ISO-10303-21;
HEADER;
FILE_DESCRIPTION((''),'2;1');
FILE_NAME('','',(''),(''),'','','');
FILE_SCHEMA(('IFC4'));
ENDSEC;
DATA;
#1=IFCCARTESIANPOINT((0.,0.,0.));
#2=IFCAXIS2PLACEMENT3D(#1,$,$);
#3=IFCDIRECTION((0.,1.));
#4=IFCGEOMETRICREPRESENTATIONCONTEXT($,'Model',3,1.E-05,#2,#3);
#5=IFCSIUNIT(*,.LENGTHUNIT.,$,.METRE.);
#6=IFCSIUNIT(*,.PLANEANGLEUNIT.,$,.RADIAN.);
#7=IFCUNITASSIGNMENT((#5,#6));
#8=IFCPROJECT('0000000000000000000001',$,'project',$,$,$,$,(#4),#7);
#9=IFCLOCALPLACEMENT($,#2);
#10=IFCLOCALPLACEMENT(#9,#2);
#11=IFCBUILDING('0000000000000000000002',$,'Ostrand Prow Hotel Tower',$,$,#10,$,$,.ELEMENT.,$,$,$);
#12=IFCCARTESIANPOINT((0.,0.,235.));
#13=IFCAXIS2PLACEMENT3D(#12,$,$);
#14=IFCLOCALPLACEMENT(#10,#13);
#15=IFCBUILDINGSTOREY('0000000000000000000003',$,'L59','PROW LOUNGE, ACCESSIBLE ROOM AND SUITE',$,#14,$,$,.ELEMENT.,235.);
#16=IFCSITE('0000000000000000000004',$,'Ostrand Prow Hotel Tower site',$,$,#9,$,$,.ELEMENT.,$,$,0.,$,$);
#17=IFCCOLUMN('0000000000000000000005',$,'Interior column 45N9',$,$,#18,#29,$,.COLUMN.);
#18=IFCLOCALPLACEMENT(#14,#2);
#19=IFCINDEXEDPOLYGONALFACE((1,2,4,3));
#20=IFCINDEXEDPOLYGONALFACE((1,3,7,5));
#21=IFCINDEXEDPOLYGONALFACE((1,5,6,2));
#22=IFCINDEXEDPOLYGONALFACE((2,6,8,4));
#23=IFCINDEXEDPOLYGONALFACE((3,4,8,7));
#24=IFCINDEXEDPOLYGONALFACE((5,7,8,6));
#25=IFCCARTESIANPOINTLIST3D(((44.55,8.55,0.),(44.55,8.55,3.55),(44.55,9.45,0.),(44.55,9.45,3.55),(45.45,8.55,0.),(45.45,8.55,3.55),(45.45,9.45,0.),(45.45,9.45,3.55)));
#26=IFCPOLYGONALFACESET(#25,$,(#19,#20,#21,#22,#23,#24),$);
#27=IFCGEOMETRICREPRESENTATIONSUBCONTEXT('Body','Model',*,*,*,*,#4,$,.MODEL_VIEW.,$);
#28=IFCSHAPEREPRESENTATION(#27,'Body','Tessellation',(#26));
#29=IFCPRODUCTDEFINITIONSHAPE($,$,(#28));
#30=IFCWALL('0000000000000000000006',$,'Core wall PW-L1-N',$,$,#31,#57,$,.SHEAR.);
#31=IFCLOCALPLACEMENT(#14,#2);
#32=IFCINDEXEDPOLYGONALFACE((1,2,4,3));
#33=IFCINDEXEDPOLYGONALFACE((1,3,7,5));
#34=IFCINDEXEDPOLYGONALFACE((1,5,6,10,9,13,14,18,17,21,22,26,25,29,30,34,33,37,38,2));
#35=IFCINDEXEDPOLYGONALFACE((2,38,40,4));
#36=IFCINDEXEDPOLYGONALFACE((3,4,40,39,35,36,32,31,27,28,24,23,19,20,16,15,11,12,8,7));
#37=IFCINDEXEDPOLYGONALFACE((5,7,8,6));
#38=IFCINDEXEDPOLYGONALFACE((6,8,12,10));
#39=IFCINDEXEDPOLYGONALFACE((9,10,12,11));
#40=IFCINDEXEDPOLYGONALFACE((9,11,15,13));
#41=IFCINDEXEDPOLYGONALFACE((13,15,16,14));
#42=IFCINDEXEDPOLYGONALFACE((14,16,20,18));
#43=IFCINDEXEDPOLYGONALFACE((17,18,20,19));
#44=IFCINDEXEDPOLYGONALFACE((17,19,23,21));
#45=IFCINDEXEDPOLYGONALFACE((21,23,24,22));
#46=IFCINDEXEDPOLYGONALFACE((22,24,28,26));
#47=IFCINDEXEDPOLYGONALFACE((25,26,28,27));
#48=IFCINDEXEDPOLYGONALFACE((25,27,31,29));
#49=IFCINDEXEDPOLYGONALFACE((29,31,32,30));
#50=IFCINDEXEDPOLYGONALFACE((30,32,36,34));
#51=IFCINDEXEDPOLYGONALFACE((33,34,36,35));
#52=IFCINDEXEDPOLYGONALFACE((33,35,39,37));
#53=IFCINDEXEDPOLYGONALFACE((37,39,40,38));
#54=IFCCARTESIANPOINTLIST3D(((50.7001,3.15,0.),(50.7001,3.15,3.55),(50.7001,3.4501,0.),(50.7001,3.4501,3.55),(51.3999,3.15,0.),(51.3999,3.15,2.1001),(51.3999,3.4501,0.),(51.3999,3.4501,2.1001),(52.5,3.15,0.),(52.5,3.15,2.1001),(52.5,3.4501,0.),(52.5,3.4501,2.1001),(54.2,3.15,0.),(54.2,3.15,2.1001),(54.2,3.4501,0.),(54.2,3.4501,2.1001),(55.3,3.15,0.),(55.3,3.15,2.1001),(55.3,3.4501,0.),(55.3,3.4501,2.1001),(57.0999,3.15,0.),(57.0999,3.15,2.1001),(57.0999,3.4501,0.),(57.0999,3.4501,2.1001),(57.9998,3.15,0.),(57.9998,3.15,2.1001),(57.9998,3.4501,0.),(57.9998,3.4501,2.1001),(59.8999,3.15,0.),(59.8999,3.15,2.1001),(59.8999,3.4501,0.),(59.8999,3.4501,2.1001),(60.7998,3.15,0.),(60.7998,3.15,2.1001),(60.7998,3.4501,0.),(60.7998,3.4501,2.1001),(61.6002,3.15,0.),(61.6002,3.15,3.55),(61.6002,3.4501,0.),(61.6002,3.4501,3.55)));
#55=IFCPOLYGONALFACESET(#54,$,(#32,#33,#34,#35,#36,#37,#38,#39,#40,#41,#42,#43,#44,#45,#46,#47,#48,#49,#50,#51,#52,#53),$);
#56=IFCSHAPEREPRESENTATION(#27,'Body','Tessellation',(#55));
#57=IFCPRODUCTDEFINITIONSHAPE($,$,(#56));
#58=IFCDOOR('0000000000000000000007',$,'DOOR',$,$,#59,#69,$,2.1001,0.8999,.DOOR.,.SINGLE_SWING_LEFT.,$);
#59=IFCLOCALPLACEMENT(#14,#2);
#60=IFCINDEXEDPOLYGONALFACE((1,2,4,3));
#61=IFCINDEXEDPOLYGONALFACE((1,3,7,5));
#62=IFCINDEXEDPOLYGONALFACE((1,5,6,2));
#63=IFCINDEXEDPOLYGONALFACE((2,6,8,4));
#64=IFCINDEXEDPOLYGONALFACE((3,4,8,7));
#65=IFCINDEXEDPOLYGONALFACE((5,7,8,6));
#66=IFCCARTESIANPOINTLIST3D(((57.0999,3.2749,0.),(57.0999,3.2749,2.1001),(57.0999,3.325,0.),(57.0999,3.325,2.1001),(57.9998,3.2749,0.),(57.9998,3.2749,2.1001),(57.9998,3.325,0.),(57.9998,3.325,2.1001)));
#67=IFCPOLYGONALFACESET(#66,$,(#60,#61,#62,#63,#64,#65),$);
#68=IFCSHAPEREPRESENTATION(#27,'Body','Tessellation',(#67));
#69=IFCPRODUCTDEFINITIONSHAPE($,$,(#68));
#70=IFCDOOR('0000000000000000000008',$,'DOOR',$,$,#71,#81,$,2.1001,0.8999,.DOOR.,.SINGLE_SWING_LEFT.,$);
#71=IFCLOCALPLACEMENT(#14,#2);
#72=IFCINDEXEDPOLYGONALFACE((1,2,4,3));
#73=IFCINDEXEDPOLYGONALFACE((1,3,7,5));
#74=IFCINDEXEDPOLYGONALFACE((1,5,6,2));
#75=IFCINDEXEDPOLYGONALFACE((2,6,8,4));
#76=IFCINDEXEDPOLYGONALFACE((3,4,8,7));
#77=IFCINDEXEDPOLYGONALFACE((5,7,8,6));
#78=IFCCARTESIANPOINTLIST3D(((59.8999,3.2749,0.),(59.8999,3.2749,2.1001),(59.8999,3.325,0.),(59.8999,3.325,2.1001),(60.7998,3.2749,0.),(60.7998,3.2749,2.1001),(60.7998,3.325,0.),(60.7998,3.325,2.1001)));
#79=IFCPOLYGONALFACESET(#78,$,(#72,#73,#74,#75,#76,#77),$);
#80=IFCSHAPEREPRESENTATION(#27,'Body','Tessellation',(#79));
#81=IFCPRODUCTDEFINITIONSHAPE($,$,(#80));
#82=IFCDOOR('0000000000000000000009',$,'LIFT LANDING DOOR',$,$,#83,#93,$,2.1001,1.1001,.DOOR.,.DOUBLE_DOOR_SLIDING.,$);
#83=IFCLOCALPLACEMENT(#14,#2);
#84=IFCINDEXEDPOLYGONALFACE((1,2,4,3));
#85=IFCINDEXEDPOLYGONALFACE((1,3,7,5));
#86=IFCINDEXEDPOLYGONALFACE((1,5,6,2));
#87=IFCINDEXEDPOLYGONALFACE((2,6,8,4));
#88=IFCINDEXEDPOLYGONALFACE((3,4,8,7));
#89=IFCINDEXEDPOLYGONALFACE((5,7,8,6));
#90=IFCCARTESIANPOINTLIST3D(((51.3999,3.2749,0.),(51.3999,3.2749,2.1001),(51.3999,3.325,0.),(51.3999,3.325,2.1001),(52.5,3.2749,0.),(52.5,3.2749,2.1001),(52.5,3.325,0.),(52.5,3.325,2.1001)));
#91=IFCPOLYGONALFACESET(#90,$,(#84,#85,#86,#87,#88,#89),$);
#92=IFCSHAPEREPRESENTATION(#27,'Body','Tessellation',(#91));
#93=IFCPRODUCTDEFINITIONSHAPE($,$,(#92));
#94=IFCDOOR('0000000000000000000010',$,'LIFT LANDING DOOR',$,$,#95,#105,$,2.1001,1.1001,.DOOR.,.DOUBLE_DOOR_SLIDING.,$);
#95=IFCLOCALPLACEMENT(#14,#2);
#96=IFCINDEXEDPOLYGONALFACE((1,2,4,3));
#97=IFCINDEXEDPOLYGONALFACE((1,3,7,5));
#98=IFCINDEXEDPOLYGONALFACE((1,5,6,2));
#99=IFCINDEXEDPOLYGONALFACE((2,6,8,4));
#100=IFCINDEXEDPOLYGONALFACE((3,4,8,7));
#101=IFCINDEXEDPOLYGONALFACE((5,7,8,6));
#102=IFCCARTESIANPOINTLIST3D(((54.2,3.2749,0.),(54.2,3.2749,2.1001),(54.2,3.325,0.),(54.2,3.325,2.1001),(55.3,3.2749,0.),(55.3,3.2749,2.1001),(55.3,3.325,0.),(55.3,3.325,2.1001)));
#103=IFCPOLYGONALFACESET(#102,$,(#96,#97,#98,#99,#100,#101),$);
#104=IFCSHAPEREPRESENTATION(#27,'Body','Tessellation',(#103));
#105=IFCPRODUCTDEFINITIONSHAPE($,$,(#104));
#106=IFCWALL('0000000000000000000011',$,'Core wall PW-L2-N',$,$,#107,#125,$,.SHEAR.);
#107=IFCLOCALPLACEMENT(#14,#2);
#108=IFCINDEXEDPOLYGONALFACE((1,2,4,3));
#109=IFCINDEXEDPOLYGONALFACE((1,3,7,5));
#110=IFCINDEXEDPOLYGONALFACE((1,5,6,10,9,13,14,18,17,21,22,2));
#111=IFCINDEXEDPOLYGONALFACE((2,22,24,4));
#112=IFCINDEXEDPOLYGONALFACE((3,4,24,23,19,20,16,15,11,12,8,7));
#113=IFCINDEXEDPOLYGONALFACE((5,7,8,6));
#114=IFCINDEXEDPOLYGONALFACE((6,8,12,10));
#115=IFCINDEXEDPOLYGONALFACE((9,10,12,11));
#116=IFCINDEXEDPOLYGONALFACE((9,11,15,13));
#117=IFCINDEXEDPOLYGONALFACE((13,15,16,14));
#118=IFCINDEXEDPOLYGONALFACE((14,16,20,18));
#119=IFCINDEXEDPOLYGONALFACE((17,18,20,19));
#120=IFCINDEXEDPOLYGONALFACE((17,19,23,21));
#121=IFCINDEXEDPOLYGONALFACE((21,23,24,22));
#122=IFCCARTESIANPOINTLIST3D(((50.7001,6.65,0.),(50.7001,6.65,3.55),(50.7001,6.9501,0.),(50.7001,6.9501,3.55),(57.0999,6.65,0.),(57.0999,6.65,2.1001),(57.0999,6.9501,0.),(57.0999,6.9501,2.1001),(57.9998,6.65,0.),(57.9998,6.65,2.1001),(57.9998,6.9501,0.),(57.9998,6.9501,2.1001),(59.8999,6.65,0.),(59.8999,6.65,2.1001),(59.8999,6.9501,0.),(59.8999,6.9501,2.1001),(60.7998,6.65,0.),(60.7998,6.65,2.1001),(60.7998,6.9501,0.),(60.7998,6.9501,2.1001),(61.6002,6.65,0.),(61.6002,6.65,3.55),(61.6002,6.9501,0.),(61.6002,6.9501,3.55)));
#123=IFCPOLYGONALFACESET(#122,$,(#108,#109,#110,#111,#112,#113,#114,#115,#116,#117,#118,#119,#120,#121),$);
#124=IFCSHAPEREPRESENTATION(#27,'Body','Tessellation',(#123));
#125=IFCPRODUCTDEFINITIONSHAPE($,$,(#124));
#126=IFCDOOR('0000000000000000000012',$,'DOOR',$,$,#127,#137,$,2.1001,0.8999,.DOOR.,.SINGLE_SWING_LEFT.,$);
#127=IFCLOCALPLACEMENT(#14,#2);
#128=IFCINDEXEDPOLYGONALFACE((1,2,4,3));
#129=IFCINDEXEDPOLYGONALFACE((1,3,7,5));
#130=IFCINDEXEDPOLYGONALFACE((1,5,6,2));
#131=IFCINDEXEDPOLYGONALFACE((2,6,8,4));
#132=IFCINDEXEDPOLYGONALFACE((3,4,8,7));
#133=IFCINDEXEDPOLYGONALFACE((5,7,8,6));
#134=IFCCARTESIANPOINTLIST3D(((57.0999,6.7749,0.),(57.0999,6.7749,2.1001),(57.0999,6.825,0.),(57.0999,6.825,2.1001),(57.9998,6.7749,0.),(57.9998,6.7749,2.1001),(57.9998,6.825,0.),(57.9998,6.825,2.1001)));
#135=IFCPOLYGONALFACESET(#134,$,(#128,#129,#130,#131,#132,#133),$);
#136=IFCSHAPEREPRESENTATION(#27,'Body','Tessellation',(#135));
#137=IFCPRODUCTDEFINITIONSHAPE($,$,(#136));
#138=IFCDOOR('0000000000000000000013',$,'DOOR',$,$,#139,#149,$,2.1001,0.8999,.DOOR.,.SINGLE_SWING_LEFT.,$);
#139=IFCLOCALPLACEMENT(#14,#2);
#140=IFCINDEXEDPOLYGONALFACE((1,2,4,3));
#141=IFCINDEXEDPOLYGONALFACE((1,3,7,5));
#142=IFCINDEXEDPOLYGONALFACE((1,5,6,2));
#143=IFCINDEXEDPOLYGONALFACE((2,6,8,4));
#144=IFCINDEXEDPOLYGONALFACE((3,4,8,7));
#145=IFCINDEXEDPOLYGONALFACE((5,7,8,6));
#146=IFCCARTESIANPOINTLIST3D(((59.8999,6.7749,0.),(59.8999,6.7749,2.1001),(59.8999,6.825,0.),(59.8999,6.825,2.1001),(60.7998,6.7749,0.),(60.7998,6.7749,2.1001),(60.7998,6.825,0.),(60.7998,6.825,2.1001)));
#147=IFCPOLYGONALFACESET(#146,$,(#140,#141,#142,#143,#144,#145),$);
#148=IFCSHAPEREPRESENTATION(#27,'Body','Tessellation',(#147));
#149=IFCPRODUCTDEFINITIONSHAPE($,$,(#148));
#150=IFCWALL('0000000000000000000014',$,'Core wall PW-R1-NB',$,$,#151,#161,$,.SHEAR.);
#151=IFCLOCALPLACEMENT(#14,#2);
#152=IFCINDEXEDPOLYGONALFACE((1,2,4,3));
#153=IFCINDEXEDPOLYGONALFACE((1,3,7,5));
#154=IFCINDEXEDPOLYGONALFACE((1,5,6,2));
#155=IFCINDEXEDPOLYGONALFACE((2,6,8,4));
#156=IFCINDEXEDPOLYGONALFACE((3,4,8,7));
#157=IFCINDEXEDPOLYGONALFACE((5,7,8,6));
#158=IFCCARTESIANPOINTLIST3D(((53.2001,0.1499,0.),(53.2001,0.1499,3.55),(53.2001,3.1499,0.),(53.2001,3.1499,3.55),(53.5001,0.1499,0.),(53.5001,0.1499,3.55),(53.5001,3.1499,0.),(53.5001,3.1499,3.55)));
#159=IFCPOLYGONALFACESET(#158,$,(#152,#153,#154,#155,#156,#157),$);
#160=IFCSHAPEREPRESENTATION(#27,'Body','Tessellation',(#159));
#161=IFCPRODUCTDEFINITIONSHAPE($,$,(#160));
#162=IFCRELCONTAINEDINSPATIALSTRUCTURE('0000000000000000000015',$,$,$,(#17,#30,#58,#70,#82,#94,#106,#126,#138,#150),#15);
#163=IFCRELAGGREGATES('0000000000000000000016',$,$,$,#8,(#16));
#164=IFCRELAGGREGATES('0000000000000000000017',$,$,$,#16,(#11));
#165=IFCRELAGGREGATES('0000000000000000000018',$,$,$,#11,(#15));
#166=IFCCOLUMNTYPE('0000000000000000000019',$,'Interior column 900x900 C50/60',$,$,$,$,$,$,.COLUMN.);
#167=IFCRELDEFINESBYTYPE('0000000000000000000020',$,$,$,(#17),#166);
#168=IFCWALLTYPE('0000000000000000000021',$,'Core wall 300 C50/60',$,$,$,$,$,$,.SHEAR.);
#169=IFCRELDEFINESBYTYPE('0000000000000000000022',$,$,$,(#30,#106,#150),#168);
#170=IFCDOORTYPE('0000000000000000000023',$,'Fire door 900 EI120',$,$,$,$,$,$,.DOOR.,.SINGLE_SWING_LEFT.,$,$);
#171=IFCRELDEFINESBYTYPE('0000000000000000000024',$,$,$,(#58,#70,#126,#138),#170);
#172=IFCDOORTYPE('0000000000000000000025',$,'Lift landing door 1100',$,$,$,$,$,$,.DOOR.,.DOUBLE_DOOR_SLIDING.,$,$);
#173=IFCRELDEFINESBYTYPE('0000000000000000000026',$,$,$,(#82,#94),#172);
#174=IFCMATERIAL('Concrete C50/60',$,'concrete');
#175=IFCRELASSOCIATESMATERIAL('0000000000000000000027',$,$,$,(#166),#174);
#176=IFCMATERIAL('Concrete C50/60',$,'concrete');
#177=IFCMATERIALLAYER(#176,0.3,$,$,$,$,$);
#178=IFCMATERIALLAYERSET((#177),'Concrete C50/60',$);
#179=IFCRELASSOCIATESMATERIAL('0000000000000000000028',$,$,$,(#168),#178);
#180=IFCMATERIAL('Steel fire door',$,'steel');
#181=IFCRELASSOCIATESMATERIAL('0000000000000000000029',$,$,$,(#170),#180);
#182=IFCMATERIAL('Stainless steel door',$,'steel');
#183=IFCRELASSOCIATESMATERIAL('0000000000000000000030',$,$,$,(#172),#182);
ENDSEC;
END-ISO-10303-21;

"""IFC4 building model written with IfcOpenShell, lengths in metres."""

from ifc_helpers import new_model, si_unit, direction, frame, frame_2d, origin, origin_2d, place, context, subcontext, project, spatial, rectangle, extrude, material, layer, layer_set, material_profile, profile_set, type_object, element, fill, save


model = new_model("IFC4")

# Units and contexts
model_context = context("Model", 3, precision=1e-05, world=origin(), true_north=direction((0.0, 1.0)))
body_context = subcontext(model_context, "Body", "Model", "MODEL_VIEW")
ifc_project = project(units=[si_unit("LENGTHUNIT", "METRE"), si_unit("PLANEANGLEUNIT", "RADIAN")], contexts=[model_context])

# Site, building, storey
site_placement = place(None, origin())
site = spatial("IfcSite", under=ifc_project, at=site_placement, Name="Ostrand Prow Hotel Tower site", CompositionType="ELEMENT", RefElevation=0.0)
building_placement = place(site_placement, origin())
building = spatial("IfcBuilding", under=site, at=building_placement, Name="Ostrand Prow Hotel Tower", CompositionType="ELEMENT")
storey_placement = place(building_placement, frame((0.0, 0.0, 235.0)))
storey = spatial("IfcBuildingStorey", under=building, at=storey_placement, Name="L59", Description="PROW LOUNGE, ACCESSIBLE ROOM AND SUITE", CompositionType="ELEMENT", Elevation=235.0)

# Column
ifc_material_1 = material(Name="Concrete C50/60", Category="concrete")
ifc_material_profile = material_profile(ifc_material_1, rectangle(XDim=0.8999, YDim=0.8999, at=origin_2d()), Name="RC 900x900")
ifc_profile_set = profile_set([ifc_material_profile], Name="Concrete C50/60")
column_type = type_object("IfcColumnType", Name="Interior column 900x900 C50/60", PredefinedType="COLUMN", material=ifc_profile_set)
column_placement = place(storey_placement, frame((45.0, 9.0, 0.0), z_axis=(0.0, 0.0, 1.0), x_axis=(1.0, 0.0, 0.0)))
element("IfcColumn", 1, at=column_placement, inside=storey, type_object=column_type, Name="Interior column 45N9", PredefinedType="COLUMN", context=body_context, shape_type="SweptSolid", body=[
    extrude(rectangle(XDim=0.8999, YDim=0.8999, at=origin_2d()), origin(), (0.0, 0.0, 1.0), 3.55),
])

# Walls, openings, doors
ifc_material_2 = material(Name="Concrete C50/60", Category="concrete")
ifc_layer_1 = layer(ifc_material_2, 0.3)
ifc_layer_set_1 = layer_set([ifc_layer_1], Name="Concrete C50/60")
wall_type_1 = type_object("IfcWallType", Name="Core wall 300 C50/60", PredefinedType="SHEAR", material=ifc_layer_set_1)
wall_1_placement = place(storey_placement, frame((50.7, 3.3, 0.0), z_axis=(0.0, 0.0, 1.0), x_axis=(1.0, 0.0, 0.0)))
wall_1 = element("IfcWall", 2, at=wall_1_placement, inside=storey, type_object=wall_type_1, Name="Core wall PW-L1-N", PredefinedType="SHEAR", context=body_context, shape_type="SweptSolid", body=[
    extrude(rectangle(XDim=10.9001, YDim=0.3, at=frame_2d((5.4502, 0.0))), origin(), (0.0, 0.0, 1.0), 3.55),
])
opening_1_placement = place(wall_1_placement, frame((0.7, 0.0, 0.0)))
opening_1 = element("IfcOpeningElement", 3, at=opening_1_placement, cuts=wall_1, PredefinedType="OPENING", context=body_context, shape_type="SweptSolid", body=[
    extrude(rectangle(XDim=1.1001, YDim=2.1001, at=frame_2d((0.55, 1.05))), frame((0.0, 0.1599, 0.0), z_axis=(0.0, -1.0, 0.0), x_axis=(1.0, 0.0, 0.0)), (0.0, 0.0, 1.0), 0.3201),
])
opening_2_placement = place(wall_1_placement, frame((3.5, 0.0, 0.0)))
opening_2 = element("IfcOpeningElement", 4, at=opening_2_placement, cuts=wall_1, PredefinedType="OPENING", context=body_context, shape_type="SweptSolid", body=[
    extrude(rectangle(XDim=1.1001, YDim=2.1001, at=frame_2d((0.55, 1.05))), frame((0.0, 0.1599, 0.0), z_axis=(0.0, -1.0, 0.0), x_axis=(1.0, 0.0, 0.0)), (0.0, 0.0, 1.0), 0.3201),
])
opening_3_placement = place(wall_1_placement, frame((6.3999, 0.0, 0.0)))
opening_3 = element("IfcOpeningElement", 5, at=opening_3_placement, cuts=wall_1, PredefinedType="OPENING", context=body_context, shape_type="SweptSolid", body=[
    extrude(rectangle(XDim=0.8999, YDim=2.1001, at=frame_2d((0.45, 1.05))), frame((0.0, 0.1599, 0.0), z_axis=(0.0, -1.0, 0.0), x_axis=(1.0, 0.0, 0.0)), (0.0, 0.0, 1.0), 0.3201),
])
opening_4_placement = place(wall_1_placement, frame((9.2, 0.0, 0.0)))
opening_4 = element("IfcOpeningElement", 6, at=opening_4_placement, cuts=wall_1, PredefinedType="OPENING", context=body_context, shape_type="SweptSolid", body=[
    extrude(rectangle(XDim=0.8999, YDim=2.1001, at=frame_2d((0.45, 1.05))), frame((0.0, 0.1599, 0.0), z_axis=(0.0, -1.0, 0.0), x_axis=(1.0, 0.0, 0.0)), (0.0, 0.0, 1.0), 0.3201),
])
ifc_material_3 = material(Name="Steel fire door", Category="steel")
door_type_1 = type_object("IfcDoorType", Name="Fire door 900 EI120", OperationType="SINGLE_SWING_LEFT", PredefinedType="DOOR", material=ifc_material_3)
door_1_placement = place(opening_3_placement, origin())
door_1 = element("IfcDoor", 7, at=door_1_placement, inside=storey, type_object=door_type_1, Name="DOOR", OperationType="SINGLE_SWING_LEFT", OverallHeight=2.1001, OverallWidth=0.8999, PredefinedType="DOOR", context=body_context, shape_type="SweptSolid", body=[
    extrude(rectangle(XDim=0.8999, YDim=2.1001, at=frame_2d((0.45, 1.05))), frame((0.0, 0.0249, 0.0), z_axis=(0.0, -1.0, 0.0), x_axis=(1.0, 0.0, 0.0)), (0.0, 0.0, 1.0), 0.05),
])
fill(opening_3, door_1)
door_2_placement = place(opening_4_placement, origin())
door_2 = element("IfcDoor", 8, at=door_2_placement, inside=storey, type_object=door_type_1, Name="DOOR", OperationType="SINGLE_SWING_LEFT", OverallHeight=2.1001, OverallWidth=0.8999, PredefinedType="DOOR", context=body_context, shape_type="SweptSolid", body=[
    extrude(rectangle(XDim=0.8999, YDim=2.1001, at=frame_2d((0.45, 1.05))), frame((0.0, 0.0249, 0.0), z_axis=(0.0, -1.0, 0.0), x_axis=(1.0, 0.0, 0.0)), (0.0, 0.0, 1.0), 0.05),
])
fill(opening_4, door_2)
ifc_material_4 = material(Name="Stainless steel door", Category="steel")
door_type_2 = type_object("IfcDoorType", Name="Lift landing door 1100", OperationType="DOUBLE_DOOR_SLIDING", PredefinedType="DOOR", material=ifc_material_4)
door_3_placement = place(opening_1_placement, origin())
door_3 = element("IfcDoor", 9, at=door_3_placement, inside=storey, type_object=door_type_2, Name="LIFT LANDING DOOR", OperationType="DOUBLE_DOOR_SLIDING", OverallHeight=2.1001, OverallWidth=1.1001, PredefinedType="DOOR", context=body_context, shape_type="SweptSolid", body=[
    extrude(rectangle(XDim=1.1001, YDim=2.1001, at=frame_2d((0.55, 1.05))), frame((0.0, 0.0249, 0.0), z_axis=(0.0, -1.0, 0.0), x_axis=(1.0, 0.0, 0.0)), (0.0, 0.0, 1.0), 0.05),
])
fill(opening_1, door_3)
door_4_placement = place(opening_2_placement, origin())
door_4 = element("IfcDoor", 10, at=door_4_placement, inside=storey, type_object=door_type_2, Name="LIFT LANDING DOOR", OperationType="DOUBLE_DOOR_SLIDING", OverallHeight=2.1001, OverallWidth=1.1001, PredefinedType="DOOR", context=body_context, shape_type="SweptSolid", body=[
    extrude(rectangle(XDim=1.1001, YDim=2.1001, at=frame_2d((0.55, 1.05))), frame((0.0, 0.0249, 0.0), z_axis=(0.0, -1.0, 0.0), x_axis=(1.0, 0.0, 0.0)), (0.0, 0.0, 1.0), 0.05),
])
fill(opening_2, door_4)
wall_2_placement = place(storey_placement, frame((50.7, 6.8, 0.0), z_axis=(0.0, 0.0, 1.0), x_axis=(1.0, 0.0, 0.0)))
wall_2 = element("IfcWall", 11, at=wall_2_placement, inside=storey, type_object=wall_type_1, Name="Core wall PW-L2-N", PredefinedType="SHEAR", context=body_context, shape_type="SweptSolid", body=[
    extrude(rectangle(XDim=10.9001, YDim=0.3, at=frame_2d((5.4502, 0.0))), origin(), (0.0, 0.0, 1.0), 3.55),
])
opening_5_placement = place(wall_2_placement, frame((6.3999, 0.0, 0.0)))
opening_5 = element("IfcOpeningElement", 12, at=opening_5_placement, cuts=wall_2, PredefinedType="OPENING", context=body_context, shape_type="SweptSolid", body=[
    extrude(rectangle(XDim=0.8999, YDim=2.1001, at=frame_2d((0.45, 1.05))), frame((0.0, 0.1599, 0.0), z_axis=(0.0, -1.0, 0.0), x_axis=(1.0, 0.0, 0.0)), (0.0, 0.0, 1.0), 0.3201),
])
opening_6_placement = place(wall_2_placement, frame((9.2, 0.0, 0.0)))
opening_6 = element("IfcOpeningElement", 13, at=opening_6_placement, cuts=wall_2, PredefinedType="OPENING", context=body_context, shape_type="SweptSolid", body=[
    extrude(rectangle(XDim=0.8999, YDim=2.1001, at=frame_2d((0.45, 1.05))), frame((0.0, 0.1599, 0.0), z_axis=(0.0, -1.0, 0.0), x_axis=(1.0, 0.0, 0.0)), (0.0, 0.0, 1.0), 0.3201),
])
door_5_placement = place(opening_5_placement, origin())
door_5 = element("IfcDoor", 14, at=door_5_placement, inside=storey, type_object=door_type_1, Name="DOOR", OperationType="SINGLE_SWING_LEFT", OverallHeight=2.1001, OverallWidth=0.8999, PredefinedType="DOOR", context=body_context, shape_type="SweptSolid", body=[
    extrude(rectangle(XDim=0.8999, YDim=2.1001, at=frame_2d((0.45, 1.05))), frame((0.0, 0.0249, 0.0), z_axis=(0.0, -1.0, 0.0), x_axis=(1.0, 0.0, 0.0)), (0.0, 0.0, 1.0), 0.05),
])
fill(opening_5, door_5)
door_6_placement = place(opening_6_placement, origin())
door_6 = element("IfcDoor", 15, at=door_6_placement, inside=storey, type_object=door_type_1, Name="DOOR", OperationType="SINGLE_SWING_LEFT", OverallHeight=2.1001, OverallWidth=0.8999, PredefinedType="DOOR", context=body_context, shape_type="SweptSolid", body=[
    extrude(rectangle(XDim=0.8999, YDim=2.1001, at=frame_2d((0.45, 1.05))), frame((0.0, 0.0249, 0.0), z_axis=(0.0, -1.0, 0.0), x_axis=(1.0, 0.0, 0.0)), (0.0, 0.0, 1.0), 0.05),
])
fill(opening_6, door_6)

# Wall
for number, where, z_axis, x_axis, name in (
    (16, (53.3501, 0.1499, 0.0), (0.0, 0.0, 1.0), (0.0, 1.0, 0.0), "Core wall PW-R1-NB"),
):
    element("IfcWall", number, at=place(storey_placement, frame(where, z_axis=z_axis, x_axis=x_axis)), inside=storey, type_object=wall_type_1, Name=name, PredefinedType="SHEAR", context=body_context, shape_type="SweptSolid", body=[
        extrude(rectangle(XDim=3.0, YDim=0.3, at=frame_2d((1.5, 0.0))), origin(), (0.0, 0.0, 1.0), 3.55),
    ])

save(model, "model.ifc")
